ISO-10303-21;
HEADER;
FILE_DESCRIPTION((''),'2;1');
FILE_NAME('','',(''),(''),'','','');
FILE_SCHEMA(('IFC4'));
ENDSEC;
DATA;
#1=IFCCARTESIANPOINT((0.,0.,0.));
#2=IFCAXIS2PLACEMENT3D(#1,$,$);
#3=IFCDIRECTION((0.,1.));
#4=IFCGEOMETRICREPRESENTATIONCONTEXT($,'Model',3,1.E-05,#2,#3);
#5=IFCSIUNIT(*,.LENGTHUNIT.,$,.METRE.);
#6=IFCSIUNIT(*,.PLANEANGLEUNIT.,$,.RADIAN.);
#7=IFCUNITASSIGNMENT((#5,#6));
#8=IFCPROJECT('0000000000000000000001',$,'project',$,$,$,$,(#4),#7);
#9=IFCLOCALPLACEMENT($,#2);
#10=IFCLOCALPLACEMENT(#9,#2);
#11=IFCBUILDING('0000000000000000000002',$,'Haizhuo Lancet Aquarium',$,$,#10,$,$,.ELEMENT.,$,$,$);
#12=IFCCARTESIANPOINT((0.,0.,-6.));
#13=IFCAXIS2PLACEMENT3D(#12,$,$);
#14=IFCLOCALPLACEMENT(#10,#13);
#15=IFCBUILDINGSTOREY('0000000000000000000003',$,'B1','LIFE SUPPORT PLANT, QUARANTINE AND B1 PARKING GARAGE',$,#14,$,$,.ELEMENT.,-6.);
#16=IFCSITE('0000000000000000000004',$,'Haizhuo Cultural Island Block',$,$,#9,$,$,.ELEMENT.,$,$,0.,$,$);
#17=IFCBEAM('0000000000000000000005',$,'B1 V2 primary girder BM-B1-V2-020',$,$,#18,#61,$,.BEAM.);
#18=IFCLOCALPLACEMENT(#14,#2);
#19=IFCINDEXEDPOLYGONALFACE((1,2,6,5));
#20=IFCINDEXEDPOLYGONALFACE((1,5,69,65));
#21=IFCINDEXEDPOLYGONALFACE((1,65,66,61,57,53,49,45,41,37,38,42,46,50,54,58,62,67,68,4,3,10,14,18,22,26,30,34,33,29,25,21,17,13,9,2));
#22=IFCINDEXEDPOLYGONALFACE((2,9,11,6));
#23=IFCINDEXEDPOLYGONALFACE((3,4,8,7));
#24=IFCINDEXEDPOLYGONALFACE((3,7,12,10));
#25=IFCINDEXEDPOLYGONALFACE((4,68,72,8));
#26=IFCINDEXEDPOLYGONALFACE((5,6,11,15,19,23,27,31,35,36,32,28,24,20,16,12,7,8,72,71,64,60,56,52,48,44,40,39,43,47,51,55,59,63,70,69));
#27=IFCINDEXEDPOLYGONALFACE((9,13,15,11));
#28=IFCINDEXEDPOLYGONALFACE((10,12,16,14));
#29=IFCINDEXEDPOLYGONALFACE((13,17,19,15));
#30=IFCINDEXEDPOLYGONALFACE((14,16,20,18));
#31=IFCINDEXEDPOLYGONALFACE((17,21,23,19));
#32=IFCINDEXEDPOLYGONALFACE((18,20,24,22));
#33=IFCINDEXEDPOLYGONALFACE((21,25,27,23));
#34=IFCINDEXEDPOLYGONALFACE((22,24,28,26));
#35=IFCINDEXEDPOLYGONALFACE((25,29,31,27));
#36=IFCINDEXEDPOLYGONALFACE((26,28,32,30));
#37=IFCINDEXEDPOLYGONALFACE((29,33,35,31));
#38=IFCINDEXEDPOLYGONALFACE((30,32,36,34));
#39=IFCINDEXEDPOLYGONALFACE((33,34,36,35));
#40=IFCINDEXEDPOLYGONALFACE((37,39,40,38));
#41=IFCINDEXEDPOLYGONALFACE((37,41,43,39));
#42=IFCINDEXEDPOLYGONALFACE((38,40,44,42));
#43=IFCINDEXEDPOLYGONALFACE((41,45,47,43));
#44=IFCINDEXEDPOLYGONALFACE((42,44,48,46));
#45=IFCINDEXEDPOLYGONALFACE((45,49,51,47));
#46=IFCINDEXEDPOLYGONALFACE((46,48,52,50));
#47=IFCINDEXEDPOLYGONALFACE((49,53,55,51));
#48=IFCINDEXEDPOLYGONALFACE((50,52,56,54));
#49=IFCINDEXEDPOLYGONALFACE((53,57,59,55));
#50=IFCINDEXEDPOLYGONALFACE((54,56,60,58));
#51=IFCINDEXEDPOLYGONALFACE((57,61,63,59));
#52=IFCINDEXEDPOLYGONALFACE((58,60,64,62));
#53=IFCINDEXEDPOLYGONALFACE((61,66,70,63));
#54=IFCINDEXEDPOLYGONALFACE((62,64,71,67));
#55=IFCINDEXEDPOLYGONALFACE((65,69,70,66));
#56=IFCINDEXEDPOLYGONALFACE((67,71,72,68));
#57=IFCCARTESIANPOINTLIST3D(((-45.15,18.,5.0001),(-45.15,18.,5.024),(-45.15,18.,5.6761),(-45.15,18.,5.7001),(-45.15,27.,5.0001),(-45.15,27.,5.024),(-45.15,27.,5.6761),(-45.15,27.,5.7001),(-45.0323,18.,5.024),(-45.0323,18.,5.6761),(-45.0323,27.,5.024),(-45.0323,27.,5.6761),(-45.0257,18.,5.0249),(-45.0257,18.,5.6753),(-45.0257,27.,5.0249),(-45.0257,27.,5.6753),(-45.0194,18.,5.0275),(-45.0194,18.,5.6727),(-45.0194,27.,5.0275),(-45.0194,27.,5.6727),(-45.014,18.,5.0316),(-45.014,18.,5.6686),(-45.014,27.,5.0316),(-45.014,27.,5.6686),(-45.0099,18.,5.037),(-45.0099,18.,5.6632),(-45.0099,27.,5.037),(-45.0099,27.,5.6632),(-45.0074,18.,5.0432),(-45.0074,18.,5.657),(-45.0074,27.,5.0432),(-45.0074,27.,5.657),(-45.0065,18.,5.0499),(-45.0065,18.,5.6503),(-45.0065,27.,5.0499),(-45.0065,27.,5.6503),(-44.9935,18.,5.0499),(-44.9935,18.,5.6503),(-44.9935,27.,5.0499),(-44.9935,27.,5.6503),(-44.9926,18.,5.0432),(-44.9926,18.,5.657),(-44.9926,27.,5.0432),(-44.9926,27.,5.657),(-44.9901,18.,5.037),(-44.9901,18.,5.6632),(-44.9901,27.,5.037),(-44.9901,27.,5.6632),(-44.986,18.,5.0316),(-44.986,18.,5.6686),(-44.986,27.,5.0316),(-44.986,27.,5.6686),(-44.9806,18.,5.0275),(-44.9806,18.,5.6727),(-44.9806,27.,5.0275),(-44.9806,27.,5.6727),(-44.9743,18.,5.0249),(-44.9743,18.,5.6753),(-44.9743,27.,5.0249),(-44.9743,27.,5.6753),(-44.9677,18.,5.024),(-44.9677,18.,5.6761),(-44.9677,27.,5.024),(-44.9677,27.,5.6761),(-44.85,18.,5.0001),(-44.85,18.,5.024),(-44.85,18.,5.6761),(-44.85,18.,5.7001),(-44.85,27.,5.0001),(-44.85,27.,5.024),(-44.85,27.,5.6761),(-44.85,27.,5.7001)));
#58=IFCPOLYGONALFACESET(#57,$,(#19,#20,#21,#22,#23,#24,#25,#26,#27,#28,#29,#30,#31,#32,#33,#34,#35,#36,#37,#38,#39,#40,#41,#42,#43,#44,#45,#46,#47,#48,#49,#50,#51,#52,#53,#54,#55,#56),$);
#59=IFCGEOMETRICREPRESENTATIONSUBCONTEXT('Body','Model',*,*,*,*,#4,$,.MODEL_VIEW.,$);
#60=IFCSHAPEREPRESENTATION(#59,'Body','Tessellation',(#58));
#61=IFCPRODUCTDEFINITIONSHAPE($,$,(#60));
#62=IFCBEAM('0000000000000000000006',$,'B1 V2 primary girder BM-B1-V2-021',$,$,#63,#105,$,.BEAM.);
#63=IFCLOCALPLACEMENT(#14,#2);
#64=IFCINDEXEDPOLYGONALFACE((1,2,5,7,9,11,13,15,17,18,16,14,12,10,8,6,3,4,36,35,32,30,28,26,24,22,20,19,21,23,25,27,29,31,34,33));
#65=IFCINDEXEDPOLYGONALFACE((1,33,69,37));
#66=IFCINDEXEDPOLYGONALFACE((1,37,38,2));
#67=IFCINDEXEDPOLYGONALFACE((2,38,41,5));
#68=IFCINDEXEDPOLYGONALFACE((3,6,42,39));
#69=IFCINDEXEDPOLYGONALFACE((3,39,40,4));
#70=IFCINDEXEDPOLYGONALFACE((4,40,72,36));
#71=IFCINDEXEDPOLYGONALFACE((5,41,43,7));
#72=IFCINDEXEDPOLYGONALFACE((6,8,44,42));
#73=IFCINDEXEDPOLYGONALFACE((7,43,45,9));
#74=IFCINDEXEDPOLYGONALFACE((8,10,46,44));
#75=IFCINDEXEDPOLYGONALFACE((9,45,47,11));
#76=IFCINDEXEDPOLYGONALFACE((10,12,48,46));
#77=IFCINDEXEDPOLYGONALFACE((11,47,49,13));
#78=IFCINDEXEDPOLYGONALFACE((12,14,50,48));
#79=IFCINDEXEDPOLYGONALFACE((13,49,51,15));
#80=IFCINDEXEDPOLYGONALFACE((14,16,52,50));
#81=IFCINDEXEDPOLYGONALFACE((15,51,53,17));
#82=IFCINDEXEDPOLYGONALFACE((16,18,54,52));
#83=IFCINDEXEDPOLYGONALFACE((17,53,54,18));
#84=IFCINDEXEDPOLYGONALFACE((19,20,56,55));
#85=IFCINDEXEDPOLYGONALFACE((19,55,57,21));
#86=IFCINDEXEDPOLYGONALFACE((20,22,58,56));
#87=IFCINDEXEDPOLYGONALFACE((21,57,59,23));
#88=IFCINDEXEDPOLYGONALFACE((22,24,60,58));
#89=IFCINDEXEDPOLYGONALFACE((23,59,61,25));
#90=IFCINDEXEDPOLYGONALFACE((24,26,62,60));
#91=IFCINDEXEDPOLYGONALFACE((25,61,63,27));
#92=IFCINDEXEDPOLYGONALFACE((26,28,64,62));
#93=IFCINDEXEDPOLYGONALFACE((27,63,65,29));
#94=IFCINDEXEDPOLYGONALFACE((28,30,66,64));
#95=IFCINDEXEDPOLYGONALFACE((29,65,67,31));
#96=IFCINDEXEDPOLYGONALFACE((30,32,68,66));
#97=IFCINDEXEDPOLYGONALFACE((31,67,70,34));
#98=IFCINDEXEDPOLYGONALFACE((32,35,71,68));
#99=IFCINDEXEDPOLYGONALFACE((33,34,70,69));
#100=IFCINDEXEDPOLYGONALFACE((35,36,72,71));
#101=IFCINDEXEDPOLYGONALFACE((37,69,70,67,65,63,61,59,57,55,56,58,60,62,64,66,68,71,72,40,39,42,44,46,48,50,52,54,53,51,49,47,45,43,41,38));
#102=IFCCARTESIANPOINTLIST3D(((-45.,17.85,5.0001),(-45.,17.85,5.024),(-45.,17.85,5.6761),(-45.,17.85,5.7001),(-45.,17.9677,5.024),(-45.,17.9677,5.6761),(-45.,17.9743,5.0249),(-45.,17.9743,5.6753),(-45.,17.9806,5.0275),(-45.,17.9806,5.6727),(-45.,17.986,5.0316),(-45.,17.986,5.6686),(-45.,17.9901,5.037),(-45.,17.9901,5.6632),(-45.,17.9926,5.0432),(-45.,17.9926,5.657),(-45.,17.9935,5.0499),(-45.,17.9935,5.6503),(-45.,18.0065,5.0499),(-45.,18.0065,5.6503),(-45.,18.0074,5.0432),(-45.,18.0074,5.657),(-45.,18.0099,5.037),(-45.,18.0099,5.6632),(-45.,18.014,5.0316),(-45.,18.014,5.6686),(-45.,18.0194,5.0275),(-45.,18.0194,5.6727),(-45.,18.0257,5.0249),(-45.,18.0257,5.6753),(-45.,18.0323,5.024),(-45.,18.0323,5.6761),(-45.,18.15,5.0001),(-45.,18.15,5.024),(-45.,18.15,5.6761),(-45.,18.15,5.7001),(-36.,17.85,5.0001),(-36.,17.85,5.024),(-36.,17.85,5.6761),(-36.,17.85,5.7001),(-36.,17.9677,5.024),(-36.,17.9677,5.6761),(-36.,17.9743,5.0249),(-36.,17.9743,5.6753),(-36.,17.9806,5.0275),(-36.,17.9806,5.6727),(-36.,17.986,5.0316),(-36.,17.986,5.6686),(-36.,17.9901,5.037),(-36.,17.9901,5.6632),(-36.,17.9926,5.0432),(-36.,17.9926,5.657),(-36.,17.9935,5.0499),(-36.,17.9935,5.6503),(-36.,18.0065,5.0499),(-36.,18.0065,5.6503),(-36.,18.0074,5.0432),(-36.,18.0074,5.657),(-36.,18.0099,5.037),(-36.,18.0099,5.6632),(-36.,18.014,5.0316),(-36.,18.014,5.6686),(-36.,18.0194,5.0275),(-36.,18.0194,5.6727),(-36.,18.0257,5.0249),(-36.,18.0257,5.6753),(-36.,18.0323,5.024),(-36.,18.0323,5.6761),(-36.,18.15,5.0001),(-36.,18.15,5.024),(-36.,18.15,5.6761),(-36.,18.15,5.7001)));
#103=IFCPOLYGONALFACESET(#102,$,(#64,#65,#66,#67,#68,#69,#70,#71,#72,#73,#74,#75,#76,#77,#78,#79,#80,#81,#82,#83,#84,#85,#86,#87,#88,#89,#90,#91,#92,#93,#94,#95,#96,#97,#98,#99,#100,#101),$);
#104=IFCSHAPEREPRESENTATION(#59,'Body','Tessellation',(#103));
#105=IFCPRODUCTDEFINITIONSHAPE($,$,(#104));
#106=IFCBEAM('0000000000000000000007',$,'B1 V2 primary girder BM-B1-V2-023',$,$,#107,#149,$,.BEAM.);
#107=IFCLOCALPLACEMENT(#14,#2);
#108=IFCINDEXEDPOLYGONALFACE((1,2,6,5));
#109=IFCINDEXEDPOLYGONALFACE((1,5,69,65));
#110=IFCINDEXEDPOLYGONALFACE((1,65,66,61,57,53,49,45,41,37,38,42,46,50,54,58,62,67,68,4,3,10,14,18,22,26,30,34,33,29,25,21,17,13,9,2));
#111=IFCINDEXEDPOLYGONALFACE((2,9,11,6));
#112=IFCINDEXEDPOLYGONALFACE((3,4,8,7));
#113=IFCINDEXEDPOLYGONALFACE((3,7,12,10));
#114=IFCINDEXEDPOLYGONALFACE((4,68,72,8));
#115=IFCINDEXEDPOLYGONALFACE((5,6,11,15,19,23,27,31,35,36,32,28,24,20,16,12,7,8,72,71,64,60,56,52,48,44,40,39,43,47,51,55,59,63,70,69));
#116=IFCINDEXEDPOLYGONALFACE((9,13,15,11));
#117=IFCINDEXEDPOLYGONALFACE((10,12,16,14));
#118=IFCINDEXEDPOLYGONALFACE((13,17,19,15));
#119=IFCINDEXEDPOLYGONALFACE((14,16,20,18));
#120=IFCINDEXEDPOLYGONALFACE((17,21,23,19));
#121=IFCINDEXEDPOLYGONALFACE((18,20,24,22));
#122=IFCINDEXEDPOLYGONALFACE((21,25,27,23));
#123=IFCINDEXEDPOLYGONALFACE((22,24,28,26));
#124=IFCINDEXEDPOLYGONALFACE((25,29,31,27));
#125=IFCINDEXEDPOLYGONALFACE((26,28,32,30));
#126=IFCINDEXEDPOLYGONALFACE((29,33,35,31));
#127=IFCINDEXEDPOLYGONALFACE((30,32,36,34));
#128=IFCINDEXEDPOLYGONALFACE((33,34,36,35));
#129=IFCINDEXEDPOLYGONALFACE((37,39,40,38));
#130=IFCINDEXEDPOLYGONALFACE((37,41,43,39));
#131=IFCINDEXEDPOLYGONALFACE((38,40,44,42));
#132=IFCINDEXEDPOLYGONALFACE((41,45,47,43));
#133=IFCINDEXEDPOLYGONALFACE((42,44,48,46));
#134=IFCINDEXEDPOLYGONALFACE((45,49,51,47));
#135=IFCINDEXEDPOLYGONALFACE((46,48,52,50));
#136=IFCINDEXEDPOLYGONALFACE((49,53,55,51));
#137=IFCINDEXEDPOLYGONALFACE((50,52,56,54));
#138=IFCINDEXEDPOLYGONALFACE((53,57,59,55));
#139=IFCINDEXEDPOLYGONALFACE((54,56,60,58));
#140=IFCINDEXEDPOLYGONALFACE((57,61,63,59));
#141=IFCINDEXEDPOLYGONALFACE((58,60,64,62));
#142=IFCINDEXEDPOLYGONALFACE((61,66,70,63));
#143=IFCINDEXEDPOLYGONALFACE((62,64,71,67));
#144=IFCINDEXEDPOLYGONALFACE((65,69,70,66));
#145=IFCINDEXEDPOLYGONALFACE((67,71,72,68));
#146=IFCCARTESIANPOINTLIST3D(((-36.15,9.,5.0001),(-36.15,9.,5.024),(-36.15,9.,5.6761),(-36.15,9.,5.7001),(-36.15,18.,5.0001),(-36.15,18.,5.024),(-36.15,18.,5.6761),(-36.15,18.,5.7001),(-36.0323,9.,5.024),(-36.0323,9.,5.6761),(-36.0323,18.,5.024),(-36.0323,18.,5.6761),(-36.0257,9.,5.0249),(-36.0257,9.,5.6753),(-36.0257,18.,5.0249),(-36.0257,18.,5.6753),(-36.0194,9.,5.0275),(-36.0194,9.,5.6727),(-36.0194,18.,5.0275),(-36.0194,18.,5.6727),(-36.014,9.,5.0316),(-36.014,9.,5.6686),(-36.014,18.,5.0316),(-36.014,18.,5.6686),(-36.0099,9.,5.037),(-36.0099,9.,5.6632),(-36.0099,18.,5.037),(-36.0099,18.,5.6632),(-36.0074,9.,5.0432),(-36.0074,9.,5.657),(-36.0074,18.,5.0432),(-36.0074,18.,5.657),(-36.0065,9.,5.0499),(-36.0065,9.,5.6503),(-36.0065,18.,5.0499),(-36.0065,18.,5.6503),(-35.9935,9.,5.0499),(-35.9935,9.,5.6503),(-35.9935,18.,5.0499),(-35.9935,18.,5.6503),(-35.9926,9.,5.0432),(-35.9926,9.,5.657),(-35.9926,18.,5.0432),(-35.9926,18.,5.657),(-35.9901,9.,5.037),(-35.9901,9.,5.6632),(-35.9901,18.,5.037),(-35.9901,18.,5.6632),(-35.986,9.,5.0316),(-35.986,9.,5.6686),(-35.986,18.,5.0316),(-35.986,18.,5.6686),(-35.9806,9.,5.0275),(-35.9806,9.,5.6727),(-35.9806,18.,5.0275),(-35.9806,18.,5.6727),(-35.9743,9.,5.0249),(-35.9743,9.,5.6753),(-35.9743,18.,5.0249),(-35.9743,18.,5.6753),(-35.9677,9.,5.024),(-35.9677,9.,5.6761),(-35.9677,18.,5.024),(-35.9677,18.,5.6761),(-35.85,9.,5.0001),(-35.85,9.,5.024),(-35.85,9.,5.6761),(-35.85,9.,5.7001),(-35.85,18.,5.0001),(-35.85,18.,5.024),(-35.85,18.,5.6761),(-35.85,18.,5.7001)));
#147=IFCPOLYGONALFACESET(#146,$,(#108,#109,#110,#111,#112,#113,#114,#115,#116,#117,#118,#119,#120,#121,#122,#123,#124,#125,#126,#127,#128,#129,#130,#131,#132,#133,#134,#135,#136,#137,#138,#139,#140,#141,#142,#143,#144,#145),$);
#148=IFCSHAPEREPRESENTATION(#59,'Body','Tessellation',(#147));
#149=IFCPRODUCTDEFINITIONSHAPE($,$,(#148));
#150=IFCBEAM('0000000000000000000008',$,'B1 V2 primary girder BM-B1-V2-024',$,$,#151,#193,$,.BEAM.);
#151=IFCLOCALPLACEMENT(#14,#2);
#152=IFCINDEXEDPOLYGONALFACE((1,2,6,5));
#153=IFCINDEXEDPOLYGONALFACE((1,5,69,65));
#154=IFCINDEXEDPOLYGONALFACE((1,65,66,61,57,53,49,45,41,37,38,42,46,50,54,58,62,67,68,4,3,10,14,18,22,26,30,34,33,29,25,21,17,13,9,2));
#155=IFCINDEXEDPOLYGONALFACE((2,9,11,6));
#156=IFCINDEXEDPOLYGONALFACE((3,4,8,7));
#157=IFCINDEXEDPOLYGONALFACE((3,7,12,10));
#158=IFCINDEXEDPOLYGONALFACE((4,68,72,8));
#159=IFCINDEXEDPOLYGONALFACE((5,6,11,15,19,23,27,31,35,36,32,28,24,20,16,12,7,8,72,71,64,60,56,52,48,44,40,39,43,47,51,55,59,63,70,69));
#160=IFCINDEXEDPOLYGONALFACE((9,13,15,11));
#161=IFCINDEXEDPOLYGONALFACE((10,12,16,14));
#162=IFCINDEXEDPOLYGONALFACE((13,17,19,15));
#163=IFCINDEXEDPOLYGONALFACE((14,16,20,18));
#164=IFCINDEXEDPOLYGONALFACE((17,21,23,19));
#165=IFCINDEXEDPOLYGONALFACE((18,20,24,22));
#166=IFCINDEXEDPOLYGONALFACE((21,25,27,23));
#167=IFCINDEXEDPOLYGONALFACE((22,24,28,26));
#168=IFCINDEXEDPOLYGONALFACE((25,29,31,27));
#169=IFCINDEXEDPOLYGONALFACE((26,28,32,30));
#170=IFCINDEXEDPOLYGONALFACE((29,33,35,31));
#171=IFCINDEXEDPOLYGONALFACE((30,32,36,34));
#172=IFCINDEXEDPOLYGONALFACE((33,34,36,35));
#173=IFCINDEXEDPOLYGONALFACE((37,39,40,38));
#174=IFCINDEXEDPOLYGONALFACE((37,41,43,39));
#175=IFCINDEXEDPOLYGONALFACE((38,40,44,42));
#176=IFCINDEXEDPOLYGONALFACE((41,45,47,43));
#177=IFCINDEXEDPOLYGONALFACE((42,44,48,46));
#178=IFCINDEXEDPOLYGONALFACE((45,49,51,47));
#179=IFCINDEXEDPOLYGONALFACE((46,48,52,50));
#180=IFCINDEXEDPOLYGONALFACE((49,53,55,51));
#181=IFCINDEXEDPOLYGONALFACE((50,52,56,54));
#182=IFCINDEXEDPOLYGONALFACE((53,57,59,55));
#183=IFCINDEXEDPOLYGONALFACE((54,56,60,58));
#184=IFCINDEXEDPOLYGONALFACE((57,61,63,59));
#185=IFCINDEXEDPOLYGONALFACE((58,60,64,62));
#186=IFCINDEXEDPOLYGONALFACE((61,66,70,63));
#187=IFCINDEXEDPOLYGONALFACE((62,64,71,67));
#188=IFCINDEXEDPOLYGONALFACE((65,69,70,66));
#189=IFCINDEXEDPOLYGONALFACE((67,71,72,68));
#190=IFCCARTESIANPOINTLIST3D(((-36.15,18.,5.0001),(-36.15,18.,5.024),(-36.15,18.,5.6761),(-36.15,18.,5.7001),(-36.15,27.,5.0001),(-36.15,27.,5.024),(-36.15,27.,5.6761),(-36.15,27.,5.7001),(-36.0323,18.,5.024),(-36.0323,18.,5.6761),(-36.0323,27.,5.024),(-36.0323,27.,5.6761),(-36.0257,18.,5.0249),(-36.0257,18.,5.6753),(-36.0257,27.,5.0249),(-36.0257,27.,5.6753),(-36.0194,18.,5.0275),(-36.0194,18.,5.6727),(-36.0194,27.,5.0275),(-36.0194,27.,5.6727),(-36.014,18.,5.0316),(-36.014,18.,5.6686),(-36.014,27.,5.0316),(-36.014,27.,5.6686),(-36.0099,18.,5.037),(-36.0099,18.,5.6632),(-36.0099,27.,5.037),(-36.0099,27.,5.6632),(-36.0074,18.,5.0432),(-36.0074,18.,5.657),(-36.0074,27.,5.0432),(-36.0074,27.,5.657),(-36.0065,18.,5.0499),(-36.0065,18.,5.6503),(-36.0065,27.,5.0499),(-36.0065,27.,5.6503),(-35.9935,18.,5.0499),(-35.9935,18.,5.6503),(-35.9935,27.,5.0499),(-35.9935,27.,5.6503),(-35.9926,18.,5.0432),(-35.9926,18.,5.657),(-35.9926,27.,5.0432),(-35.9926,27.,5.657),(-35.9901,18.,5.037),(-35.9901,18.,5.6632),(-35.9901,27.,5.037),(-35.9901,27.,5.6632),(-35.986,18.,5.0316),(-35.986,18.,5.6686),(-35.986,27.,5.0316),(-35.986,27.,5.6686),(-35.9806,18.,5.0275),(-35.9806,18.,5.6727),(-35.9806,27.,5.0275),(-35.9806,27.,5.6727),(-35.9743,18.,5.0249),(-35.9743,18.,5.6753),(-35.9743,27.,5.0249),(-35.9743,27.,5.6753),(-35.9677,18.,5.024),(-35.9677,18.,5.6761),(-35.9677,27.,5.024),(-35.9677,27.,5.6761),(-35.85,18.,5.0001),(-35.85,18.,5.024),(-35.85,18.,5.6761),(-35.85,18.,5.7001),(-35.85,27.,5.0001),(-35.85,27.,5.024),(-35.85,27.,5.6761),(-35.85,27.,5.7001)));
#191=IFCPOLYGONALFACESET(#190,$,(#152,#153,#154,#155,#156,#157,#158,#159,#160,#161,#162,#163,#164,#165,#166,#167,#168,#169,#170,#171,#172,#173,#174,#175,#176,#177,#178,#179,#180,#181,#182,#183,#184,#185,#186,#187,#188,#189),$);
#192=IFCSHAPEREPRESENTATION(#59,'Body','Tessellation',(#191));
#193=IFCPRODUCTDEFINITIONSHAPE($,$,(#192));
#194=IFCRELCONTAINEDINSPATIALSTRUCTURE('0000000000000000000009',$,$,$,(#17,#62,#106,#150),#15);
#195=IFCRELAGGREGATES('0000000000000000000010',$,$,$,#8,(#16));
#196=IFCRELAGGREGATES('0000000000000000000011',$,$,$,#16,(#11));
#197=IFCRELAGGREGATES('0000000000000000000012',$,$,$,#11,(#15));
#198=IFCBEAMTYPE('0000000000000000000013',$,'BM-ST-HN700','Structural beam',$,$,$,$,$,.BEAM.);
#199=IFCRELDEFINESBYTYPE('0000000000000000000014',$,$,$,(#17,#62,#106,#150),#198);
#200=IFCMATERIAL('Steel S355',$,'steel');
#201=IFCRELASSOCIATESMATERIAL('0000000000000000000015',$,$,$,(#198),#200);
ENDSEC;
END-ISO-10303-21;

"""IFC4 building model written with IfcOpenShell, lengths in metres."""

from ifc_helpers import new_model, si_unit, direction, frame, origin, origin_2d, place, context, subcontext, project, spatial, i_section, extrude, material, material_profile, profile_set, type_object, element, save


model = new_model("IFC4")

# Units and contexts
model_context = context("Model", 3, precision=1e-05, world=origin(), true_north=direction((0.0, 1.0)))
body_context = subcontext(model_context, "Body", "Model", "MODEL_VIEW")
ifc_project = project(units=[si_unit("LENGTHUNIT", "METRE"), si_unit("PLANEANGLEUNIT", "RADIAN")], contexts=[model_context])

# Site, building, storey
site_placement = place(None, origin())
site = spatial("IfcSite", under=ifc_project, at=site_placement, Name="Haizhuo Cultural Island Block", CompositionType="ELEMENT", RefElevation=0.0)
building_placement = place(site_placement, origin())
building = spatial("IfcBuilding", under=site, at=building_placement, Name="Haizhuo Lancet Aquarium", CompositionType="ELEMENT")
storey_placement = place(building_placement, frame((0.0, 0.0, -6.0)))
storey = spatial("IfcBuildingStorey", under=building, at=storey_placement, Name="B1", Description="LIFE SUPPORT PLANT, QUARANTINE AND B1 PARKING GARAGE", CompositionType="ELEMENT", Elevation=-6.0)

# Beams
ifc_material_1 = material(Name="Steel S355", Category="steel")
ifc_material_profile_1 = material_profile(ifc_material_1, i_section(OverallWidth=0.3, OverallDepth=0.7, WebThickness=0.0129, FlangeThickness=0.0239, FilletRadius=0.0259, at=origin_2d()), Name="HN 700x300x13x24")
ifc_profile_set_1 = profile_set([ifc_material_profile_1], Name="Steel S355")
beam_type_1 = type_object("IfcBeamType", Name="BM-ST-HN700", Description="Structural beam", PredefinedType="BEAM", material=ifc_profile_set_1)
for number, where, z_axis, x_axis, name in (
    (1, (-45.0, 18.0, 5.3501), (0.0, 1.0, 0.0), (-1.0, 0.0, 0.0), "B1 V2 primary girder BM-B1-V2-020"),
    (2, (-45.0, 18.0, 5.3501), (1.0, 0.0, 0.0), (0.0, 1.0, 0.0), "B1 V2 primary girder BM-B1-V2-021"),
    (3, (-36.0, 9.0, 5.3501), (0.0, 1.0, 0.0), (-1.0, 0.0, 0.0), "B1 V2 primary girder BM-B1-V2-023"),
    (4, (-36.0, 18.0, 5.3501), (0.0, 1.0, 0.0), (-1.0, 0.0, 0.0), "B1 V2 primary girder BM-B1-V2-024"),
):
    element("IfcBeam", number, at=place(storey_placement, frame(where, z_axis=z_axis, x_axis=x_axis)), inside=storey, type_object=beam_type_1, Name=name, PredefinedType="BEAM", context=body_context, shape_type="SweptSolid", body=[
        extrude(i_section(OverallWidth=0.3, OverallDepth=0.7, WebThickness=0.0129, FlangeThickness=0.0239, FilletRadius=0.0259, at=origin_2d()), origin(), (0.0, 0.0, 1.0), 9.0),
    ])

save(model, "model.ifc")
